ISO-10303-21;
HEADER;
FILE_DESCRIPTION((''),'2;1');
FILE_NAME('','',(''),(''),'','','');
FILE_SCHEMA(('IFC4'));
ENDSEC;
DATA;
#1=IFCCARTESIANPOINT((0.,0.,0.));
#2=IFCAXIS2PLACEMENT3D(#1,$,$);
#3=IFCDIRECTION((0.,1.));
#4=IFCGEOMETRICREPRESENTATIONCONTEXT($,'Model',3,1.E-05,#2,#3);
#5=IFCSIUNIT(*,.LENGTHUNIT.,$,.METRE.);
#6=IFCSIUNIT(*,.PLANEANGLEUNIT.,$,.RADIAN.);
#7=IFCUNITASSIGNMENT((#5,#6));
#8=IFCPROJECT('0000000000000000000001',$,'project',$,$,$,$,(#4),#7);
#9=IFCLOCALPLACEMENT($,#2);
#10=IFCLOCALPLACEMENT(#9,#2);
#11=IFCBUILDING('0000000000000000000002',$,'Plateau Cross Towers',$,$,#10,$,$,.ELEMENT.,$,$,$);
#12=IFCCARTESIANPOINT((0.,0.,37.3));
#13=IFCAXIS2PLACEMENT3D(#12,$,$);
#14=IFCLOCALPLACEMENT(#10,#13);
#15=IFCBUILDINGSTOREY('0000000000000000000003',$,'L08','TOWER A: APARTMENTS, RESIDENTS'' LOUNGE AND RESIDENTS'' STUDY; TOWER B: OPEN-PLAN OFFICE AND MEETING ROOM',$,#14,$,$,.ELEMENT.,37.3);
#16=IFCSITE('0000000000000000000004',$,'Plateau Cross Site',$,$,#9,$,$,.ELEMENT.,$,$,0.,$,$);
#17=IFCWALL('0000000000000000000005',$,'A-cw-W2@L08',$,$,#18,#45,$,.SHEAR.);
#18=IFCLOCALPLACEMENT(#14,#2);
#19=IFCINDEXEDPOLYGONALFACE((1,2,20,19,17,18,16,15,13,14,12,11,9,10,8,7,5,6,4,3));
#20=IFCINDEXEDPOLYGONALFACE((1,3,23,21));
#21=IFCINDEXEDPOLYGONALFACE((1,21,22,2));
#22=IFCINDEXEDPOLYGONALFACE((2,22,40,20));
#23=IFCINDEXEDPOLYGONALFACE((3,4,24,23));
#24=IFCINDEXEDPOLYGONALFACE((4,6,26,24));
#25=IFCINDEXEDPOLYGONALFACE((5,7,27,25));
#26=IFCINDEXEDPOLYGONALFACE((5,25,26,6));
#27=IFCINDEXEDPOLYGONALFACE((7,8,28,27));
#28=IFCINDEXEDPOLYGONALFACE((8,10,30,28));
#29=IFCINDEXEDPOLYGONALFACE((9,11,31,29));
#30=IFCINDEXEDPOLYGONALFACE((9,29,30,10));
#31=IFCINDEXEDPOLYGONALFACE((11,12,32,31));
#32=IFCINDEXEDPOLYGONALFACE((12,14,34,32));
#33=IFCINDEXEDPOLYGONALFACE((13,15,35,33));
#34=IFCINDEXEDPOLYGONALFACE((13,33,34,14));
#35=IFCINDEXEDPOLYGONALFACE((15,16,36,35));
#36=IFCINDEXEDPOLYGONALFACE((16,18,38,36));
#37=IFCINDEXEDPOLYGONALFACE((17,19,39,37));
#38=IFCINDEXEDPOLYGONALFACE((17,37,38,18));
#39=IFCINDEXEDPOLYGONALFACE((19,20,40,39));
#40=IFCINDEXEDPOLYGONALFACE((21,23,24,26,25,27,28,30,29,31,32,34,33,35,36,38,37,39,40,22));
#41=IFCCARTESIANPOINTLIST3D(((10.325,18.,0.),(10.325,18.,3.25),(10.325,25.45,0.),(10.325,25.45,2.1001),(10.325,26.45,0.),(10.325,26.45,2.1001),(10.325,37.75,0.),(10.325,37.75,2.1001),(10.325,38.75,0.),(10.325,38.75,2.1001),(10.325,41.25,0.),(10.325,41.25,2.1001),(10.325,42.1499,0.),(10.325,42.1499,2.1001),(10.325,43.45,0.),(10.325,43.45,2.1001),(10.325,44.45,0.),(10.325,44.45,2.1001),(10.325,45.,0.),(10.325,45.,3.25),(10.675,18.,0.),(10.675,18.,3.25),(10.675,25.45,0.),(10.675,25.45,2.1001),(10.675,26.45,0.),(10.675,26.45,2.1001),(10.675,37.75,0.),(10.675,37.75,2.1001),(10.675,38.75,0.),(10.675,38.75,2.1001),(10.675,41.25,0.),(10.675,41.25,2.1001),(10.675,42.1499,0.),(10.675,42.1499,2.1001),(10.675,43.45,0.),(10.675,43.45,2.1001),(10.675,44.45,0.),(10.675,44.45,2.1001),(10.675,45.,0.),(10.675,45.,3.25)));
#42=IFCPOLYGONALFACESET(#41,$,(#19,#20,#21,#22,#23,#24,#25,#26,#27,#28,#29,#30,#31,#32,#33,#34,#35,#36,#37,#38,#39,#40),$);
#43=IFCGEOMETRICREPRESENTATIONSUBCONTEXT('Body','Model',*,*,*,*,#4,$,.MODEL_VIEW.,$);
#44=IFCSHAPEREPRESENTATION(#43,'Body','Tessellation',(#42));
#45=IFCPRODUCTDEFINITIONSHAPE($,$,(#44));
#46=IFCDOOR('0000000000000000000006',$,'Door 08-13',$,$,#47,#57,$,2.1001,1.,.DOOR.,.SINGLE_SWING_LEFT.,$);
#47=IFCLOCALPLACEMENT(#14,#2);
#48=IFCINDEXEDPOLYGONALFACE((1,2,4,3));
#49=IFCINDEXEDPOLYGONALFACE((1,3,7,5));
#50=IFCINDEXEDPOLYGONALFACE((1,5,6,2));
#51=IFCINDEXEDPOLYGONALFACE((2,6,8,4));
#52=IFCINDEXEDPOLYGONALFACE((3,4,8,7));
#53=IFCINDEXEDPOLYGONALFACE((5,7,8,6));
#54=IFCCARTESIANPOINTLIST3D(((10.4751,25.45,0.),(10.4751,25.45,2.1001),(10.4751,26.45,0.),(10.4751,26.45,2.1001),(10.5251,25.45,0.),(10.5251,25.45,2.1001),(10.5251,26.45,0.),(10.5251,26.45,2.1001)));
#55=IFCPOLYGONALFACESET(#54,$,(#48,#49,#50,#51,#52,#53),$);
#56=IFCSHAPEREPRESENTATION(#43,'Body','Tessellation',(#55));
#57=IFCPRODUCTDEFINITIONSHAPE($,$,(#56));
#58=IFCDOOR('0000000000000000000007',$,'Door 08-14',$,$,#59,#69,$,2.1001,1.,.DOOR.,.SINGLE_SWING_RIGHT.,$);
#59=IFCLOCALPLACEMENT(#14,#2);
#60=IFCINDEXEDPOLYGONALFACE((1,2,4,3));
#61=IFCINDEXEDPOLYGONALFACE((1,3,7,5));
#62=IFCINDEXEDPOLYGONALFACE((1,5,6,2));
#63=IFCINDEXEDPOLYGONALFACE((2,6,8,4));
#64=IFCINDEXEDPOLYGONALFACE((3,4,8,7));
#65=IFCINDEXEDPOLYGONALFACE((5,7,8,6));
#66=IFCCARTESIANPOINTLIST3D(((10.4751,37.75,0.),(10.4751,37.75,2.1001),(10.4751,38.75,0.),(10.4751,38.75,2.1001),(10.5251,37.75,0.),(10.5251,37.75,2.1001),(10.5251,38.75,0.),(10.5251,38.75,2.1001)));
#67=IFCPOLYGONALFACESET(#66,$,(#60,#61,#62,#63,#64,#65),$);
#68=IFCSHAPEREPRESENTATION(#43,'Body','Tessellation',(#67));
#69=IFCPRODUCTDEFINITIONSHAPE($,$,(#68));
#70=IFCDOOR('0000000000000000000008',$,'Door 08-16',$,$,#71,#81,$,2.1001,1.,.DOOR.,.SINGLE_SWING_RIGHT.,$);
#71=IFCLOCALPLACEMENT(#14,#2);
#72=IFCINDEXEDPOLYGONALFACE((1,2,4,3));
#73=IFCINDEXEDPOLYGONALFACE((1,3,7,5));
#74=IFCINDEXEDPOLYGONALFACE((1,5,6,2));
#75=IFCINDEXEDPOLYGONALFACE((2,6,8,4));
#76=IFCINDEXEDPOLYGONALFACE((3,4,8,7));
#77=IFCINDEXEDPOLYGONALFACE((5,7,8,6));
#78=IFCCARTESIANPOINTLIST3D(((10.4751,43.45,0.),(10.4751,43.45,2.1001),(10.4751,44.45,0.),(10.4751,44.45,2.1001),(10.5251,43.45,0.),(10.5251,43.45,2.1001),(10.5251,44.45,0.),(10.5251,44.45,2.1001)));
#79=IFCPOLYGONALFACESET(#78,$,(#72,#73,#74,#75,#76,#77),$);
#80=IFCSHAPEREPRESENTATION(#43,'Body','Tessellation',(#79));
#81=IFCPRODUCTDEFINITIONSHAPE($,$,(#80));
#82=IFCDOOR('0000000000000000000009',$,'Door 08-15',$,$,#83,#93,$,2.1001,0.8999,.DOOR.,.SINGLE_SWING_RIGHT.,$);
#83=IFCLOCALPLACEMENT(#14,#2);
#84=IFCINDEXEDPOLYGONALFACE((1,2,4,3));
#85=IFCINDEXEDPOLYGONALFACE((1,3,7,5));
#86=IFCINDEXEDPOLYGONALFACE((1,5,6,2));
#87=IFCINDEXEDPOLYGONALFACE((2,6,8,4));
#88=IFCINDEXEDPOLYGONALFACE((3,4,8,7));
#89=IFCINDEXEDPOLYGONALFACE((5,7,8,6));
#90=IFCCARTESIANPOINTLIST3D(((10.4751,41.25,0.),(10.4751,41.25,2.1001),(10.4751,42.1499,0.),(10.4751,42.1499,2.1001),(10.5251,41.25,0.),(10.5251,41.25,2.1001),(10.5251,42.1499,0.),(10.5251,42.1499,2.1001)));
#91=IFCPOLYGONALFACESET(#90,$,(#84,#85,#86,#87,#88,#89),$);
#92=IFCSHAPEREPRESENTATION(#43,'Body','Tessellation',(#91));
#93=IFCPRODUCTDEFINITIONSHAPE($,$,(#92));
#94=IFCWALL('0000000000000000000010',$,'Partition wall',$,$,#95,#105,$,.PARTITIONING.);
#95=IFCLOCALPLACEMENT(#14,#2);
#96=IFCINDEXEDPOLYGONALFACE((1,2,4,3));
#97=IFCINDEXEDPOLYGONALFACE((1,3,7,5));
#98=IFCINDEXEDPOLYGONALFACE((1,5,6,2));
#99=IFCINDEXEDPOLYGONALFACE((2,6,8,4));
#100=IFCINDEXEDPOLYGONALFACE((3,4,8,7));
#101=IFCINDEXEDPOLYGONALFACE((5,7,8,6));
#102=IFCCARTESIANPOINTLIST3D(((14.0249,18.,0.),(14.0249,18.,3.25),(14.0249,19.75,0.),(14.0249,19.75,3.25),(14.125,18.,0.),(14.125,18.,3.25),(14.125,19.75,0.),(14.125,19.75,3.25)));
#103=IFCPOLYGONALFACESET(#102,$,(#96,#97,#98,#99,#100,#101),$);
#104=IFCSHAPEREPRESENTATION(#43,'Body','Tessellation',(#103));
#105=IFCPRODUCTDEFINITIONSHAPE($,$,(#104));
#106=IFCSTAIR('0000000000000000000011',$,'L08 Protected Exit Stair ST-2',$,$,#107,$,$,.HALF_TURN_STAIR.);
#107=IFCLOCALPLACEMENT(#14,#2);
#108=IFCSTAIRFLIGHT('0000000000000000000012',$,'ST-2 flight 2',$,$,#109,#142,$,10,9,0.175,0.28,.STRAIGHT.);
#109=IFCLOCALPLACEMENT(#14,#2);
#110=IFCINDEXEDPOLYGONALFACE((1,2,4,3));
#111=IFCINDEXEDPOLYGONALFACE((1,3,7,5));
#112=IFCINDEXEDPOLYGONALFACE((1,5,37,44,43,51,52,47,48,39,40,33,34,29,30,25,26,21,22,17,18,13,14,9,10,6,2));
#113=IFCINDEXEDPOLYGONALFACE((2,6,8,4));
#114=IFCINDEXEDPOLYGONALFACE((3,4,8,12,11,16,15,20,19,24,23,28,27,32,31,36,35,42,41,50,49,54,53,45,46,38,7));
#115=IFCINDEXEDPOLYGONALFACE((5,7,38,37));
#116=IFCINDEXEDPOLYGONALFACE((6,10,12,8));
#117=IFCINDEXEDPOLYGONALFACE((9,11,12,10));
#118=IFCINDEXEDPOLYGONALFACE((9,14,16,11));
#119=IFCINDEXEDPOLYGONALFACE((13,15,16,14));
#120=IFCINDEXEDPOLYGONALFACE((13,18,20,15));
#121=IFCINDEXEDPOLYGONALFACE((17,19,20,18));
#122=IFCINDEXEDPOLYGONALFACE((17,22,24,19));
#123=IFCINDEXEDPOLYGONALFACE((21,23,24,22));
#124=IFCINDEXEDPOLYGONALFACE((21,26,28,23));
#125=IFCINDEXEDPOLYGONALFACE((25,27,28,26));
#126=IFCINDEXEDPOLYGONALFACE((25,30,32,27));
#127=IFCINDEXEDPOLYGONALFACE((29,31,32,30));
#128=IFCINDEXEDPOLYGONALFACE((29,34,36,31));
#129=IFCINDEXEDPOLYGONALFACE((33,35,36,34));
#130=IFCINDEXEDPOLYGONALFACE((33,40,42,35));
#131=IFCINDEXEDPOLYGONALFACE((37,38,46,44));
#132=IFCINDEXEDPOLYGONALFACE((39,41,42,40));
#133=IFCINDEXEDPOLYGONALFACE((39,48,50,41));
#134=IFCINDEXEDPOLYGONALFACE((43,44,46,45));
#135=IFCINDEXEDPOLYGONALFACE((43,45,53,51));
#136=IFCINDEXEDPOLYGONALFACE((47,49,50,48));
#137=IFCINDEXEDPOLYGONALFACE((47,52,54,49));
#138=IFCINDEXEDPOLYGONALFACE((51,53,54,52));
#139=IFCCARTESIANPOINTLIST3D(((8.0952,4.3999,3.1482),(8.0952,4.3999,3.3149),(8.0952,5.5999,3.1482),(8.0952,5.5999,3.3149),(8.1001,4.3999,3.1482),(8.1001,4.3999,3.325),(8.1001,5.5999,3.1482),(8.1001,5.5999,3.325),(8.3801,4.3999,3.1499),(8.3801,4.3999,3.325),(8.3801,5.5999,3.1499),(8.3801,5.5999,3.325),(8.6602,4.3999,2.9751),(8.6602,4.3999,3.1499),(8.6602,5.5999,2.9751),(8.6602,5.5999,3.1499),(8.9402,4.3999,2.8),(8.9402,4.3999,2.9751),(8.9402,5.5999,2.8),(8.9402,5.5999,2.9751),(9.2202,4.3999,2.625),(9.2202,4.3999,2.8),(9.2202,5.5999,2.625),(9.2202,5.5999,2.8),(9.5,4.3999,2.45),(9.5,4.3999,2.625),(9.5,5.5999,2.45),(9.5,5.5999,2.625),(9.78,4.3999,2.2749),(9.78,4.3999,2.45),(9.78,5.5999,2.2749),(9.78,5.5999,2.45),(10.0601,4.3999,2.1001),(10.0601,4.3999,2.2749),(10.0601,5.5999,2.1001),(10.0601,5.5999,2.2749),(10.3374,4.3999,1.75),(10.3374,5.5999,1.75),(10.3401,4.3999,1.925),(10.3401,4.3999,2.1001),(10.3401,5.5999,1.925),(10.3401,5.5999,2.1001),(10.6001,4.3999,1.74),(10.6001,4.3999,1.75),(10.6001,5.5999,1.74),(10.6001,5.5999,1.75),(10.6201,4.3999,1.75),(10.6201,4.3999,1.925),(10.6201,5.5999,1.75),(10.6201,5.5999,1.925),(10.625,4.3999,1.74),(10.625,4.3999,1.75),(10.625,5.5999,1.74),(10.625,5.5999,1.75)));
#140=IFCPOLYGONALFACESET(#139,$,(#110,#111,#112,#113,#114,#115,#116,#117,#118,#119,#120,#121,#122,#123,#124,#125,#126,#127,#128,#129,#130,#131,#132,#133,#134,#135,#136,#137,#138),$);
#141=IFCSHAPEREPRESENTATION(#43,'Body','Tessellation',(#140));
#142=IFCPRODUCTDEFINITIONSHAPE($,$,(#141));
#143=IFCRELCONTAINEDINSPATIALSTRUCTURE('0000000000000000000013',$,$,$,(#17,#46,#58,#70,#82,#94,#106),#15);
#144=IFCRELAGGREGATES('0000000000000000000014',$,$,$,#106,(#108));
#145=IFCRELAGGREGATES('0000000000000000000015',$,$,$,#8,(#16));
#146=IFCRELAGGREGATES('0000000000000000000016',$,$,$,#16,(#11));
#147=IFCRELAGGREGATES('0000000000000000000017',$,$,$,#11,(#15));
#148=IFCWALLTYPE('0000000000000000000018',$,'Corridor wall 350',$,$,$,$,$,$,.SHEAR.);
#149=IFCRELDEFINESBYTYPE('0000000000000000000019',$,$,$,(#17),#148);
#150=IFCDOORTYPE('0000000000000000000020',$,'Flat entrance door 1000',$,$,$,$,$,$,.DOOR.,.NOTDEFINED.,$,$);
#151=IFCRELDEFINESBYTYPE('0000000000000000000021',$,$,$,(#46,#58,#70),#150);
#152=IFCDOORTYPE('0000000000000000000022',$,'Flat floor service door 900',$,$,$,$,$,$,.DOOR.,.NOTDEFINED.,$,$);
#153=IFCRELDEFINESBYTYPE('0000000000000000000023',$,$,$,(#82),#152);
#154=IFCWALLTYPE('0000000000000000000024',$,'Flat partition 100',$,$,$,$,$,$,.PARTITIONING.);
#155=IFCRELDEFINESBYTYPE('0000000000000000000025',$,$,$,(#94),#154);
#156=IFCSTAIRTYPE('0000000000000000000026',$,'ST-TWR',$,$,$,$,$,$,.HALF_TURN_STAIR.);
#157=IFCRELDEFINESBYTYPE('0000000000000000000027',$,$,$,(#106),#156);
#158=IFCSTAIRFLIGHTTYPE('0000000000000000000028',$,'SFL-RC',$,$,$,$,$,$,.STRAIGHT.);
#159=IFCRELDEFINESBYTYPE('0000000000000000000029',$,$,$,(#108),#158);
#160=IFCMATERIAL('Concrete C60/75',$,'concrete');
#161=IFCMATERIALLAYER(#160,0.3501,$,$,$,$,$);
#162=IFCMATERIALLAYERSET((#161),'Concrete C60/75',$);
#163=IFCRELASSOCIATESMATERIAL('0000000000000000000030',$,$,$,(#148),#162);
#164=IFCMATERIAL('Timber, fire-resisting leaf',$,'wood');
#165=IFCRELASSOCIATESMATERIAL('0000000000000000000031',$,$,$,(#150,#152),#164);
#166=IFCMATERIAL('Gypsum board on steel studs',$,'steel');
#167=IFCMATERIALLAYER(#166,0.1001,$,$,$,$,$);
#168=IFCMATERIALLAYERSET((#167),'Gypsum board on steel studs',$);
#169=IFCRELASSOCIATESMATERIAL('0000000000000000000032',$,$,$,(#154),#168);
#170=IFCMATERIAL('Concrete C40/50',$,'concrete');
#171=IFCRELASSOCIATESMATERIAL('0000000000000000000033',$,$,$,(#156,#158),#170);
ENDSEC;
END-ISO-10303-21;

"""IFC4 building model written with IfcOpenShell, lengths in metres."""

from ifc_helpers import new_model, si_unit, direction, frame, frame_2d, origin, place, context, subcontext, project, spatial, polyline, rectangle, outline, extrude, material, layer, layer_set, type_object, element, fill, aggregate, save


model = new_model("IFC4")

# Units and contexts
model_context = context("Model", 3, precision=1e-05, world=origin(), true_north=direction((0.0, 1.0)))
body_context = subcontext(model_context, "Body", "Model", "MODEL_VIEW")
ifc_project = project(units=[si_unit("LENGTHUNIT", "METRE"), si_unit("PLANEANGLEUNIT", "RADIAN")], contexts=[model_context])

# Site, building, storey
site_placement = place(None, origin())
site = spatial("IfcSite", under=ifc_project, at=site_placement, Name="Plateau Cross Site", CompositionType="ELEMENT", RefElevation=0.0)
building_placement = place(site_placement, origin())
building = spatial("IfcBuilding", under=site, at=building_placement, Name="Plateau Cross Towers", CompositionType="ELEMENT")
storey_placement = place(building_placement, frame((0.0, 0.0, 37.3)))
storey = spatial("IfcBuildingStorey", under=building, at=storey_placement, Name="L08", Description="TOWER A: APARTMENTS, RESIDENTS' LOUNGE AND RESIDENTS' STUDY; TOWER B: OPEN-PLAN OFFICE AND MEETING ROOM", CompositionType="ELEMENT", Elevation=37.3)

# Shared definitions
ifc_material_1 = material(Name="Concrete C60/75", Category="concrete")

# Shared definitions
ifc_material_2 = material(Name="Timber, fire-resisting leaf", Category="wood")

# Wall, openings, doors
ifc_layer_1 = layer(ifc_material_1, 0.3501)
ifc_layer_set_1 = layer_set([ifc_layer_1], Name="Concrete C60/75")
wall_type_1 = type_object("IfcWallType", Name="Corridor wall 350", PredefinedType="SHEAR", material=ifc_layer_set_1)
door_type_1 = type_object("IfcDoorType", Name="Flat entrance door 1000", OperationType="NOTDEFINED", PredefinedType="DOOR", material=ifc_material_2)
wall_1_placement = place(storey_placement, frame((10.5, 18.0, 0.0), z_axis=(0.0, 0.0, 1.0), x_axis=(0.0, 1.0, 0.0)))
wall_1 = element("IfcWall", 1, at=wall_1_placement, inside=storey, type_object=wall_type_1, Name="A-cw-W2@L08", PredefinedType="SHEAR", context=body_context, shape_type="SweptSolid", body=[
    extrude(rectangle(XDim=27.0, YDim=0.3501, at=frame_2d((13.5, 0.0))), origin(), (0.0, 0.0, 1.0), 3.25),
])
opening_1_placement = place(wall_1_placement, frame((7.45, 0.0, 0.0)))
opening_1 = element("IfcOpeningElement", 2, at=opening_1_placement, cuts=wall_1, PredefinedType="OPENING", context=body_context, shape_type="SweptSolid", body=[
    extrude(rectangle(XDim=1.0, YDim=2.1001, at=frame_2d((0.5, 1.05))), frame((0.0, 0.1851, 0.0), z_axis=(0.0, -1.0, 0.0), x_axis=(1.0, 0.0, 0.0)), (0.0, 0.0, 1.0), 0.3701),
])
opening_2_placement = place(wall_1_placement, frame((19.75, 0.0, 0.0)))
opening_2 = element("IfcOpeningElement", 3, at=opening_2_placement, cuts=wall_1, PredefinedType="OPENING", context=body_context, shape_type="SweptSolid", body=[
    extrude(rectangle(XDim=1.0, YDim=2.1001, at=frame_2d((0.5, 1.05))), frame((0.0, 0.1851, 0.0), z_axis=(0.0, -1.0, 0.0), x_axis=(1.0, 0.0, 0.0)), (0.0, 0.0, 1.0), 0.3701),
])
opening_3_placement = place(wall_1_placement, frame((23.25, 0.0, 0.0)))
opening_3 = element("IfcOpeningElement", 4, at=opening_3_placement, cuts=wall_1, PredefinedType="OPENING", context=body_context, shape_type="SweptSolid", body=[
    extrude(rectangle(XDim=0.8999, YDim=2.1001, at=frame_2d((0.45, 1.05))), frame((0.0, 0.1851, 0.0), z_axis=(0.0, -1.0, 0.0), x_axis=(1.0, 0.0, 0.0)), (0.0, 0.0, 1.0), 0.3701),
])
opening_4_placement = place(wall_1_placement, frame((25.45, 0.0, 0.0)))
opening_4 = element("IfcOpeningElement", 5, at=opening_4_placement, cuts=wall_1, PredefinedType="OPENING", context=body_context, shape_type="SweptSolid", body=[
    extrude(rectangle(XDim=1.0, YDim=2.1001, at=frame_2d((0.5, 1.05))), frame((0.0, 0.1851, 0.0), z_axis=(0.0, -1.0, 0.0), x_axis=(1.0, 0.0, 0.0)), (0.0, 0.0, 1.0), 0.3701),
])
door_1_placement = place(opening_1_placement, origin())
door_1 = element("IfcDoor", 6, at=door_1_placement, inside=storey, type_object=door_type_1, Name="Door 08-13", OperationType="SINGLE_SWING_LEFT", OverallHeight=2.1001, OverallWidth=1.0, PredefinedType="DOOR", context=body_context, shape_type="SweptSolid", body=[
    extrude(rectangle(XDim=1.0, YDim=2.1001, at=frame_2d((0.5, 1.05))), frame((0.0, 0.0249, 0.0), z_axis=(0.0, -1.0, 0.0), x_axis=(1.0, 0.0, 0.0)), (0.0, 0.0, 1.0), 0.05),
])
fill(opening_1, door_1)
door_2_placement = place(opening_2_placement, origin())
door_2 = element("IfcDoor", 7, at=door_2_placement, inside=storey, type_object=door_type_1, Name="Door 08-14", OperationType="SINGLE_SWING_RIGHT", OverallHeight=2.1001, OverallWidth=1.0, PredefinedType="DOOR", context=body_context, shape_type="SweptSolid", body=[
    extrude(rectangle(XDim=1.0, YDim=2.1001, at=frame_2d((0.5, 1.05))), frame((0.0, 0.0249, 0.0), z_axis=(0.0, -1.0, 0.0), x_axis=(1.0, 0.0, 0.0)), (0.0, 0.0, 1.0), 0.05),
])
fill(opening_2, door_2)
door_3_placement = place(opening_4_placement, origin())
door_3 = element("IfcDoor", 8, at=door_3_placement, inside=storey, type_object=door_type_1, Name="Door 08-16", OperationType="SINGLE_SWING_RIGHT", OverallHeight=2.1001, OverallWidth=1.0, PredefinedType="DOOR", context=body_context, shape_type="SweptSolid", body=[
    extrude(rectangle(XDim=1.0, YDim=2.1001, at=frame_2d((0.5, 1.05))), frame((0.0, 0.0249, 0.0), z_axis=(0.0, -1.0, 0.0), x_axis=(1.0, 0.0, 0.0)), (0.0, 0.0, 1.0), 0.05),
])
fill(opening_4, door_3)
door_type_2 = type_object("IfcDoorType", Name="Flat floor service door 900", OperationType="NOTDEFINED", PredefinedType="DOOR", material=ifc_material_2)
door_4_placement = place(opening_3_placement, origin())
door_4 = element("IfcDoor", 9, at=door_4_placement, inside=storey, type_object=door_type_2, Name="Door 08-15", OperationType="SINGLE_SWING_RIGHT", OverallHeight=2.1001, OverallWidth=0.8999, PredefinedType="DOOR", context=body_context, shape_type="SweptSolid", body=[
    extrude(rectangle(XDim=0.8999, YDim=2.1001, at=frame_2d((0.45, 1.05))), frame((0.0, 0.0249, 0.0), z_axis=(0.0, -1.0, 0.0), x_axis=(1.0, 0.0, 0.0)), (0.0, 0.0, 1.0), 0.05),
])
fill(opening_3, door_4)

# Wall
ifc_material_3 = material(Name="Gypsum board on steel studs", Category="steel")
ifc_layer_2 = layer(ifc_material_3, 0.1001)
ifc_layer_set_2 = layer_set([ifc_layer_2], Name="Gypsum board on steel studs")
wall_type_2 = type_object("IfcWallType", Name="Flat partition 100", PredefinedType="PARTITIONING", material=ifc_layer_set_2)
wall_2_placement = place(storey_placement, frame((14.075, 18.0, 0.0), z_axis=(0.0, 0.0, 1.0), x_axis=(0.0, 1.0, 0.0)))
element("IfcWall", 10, at=wall_2_placement, inside=storey, type_object=wall_type_2, Name="Partition wall", PredefinedType="PARTITIONING", context=body_context, shape_type="SweptSolid", body=[
    extrude(rectangle(XDim=1.75, YDim=0.1001, at=frame_2d((0.875, 0.0))), origin(), (0.0, 0.0, 1.0), 3.25),
])

# Stair, stair flight
ifc_material_4 = material(Name="Concrete C40/50", Category="concrete")
stair_type = type_object("IfcStairType", Name="ST-TWR", PredefinedType="HALF_TURN_STAIR", material=ifc_material_4)
stair_placement = place(storey_placement, origin())
stair = element("IfcStair", 11, at=stair_placement, inside=storey, type_object=stair_type, Name="L08 Protected Exit Stair ST-2", PredefinedType="HALF_TURN_STAIR")
stair_flight_type = type_object("IfcStairFlightType", Name="SFL-RC", PredefinedType="STRAIGHT", material=ifc_material_4)
stair_flight_placement = place(storey_placement, frame((10.6201, 5.0, 1.75), z_axis=(0.0, 0.0, 1.0), x_axis=(-1.0, 0.0, 0.0)))
stair_flight = element("IfcStairFlight", 12, at=stair_flight_placement, type_object=stair_flight_type, Name="ST-2 flight 2", NumberOfRisers=10, NumberOfTreads=9, PredefinedType="STRAIGHT", RiserHeight=0.175, TreadLength=0.28, context=body_context, shape_type="SweptSolid", body=[
    extrude(outline(polyline([(-0.0049, -0.01), (-0.0049, 0.0), (0.0, 0.0), (0.0, 0.175), (0.28, 0.175), (0.28, 0.3501), (0.5601, 0.3501), (0.5601, 0.5249), (0.8401, 0.5249), (0.8401, 0.7), (1.1201, 0.7), (1.1201, 0.875), (1.3999, 0.875), (1.3999, 1.05), (1.6799, 1.05), (1.6799, 1.2251), (1.96, 1.2251), (1.96, 1.3999), (2.24, 1.3999), (2.24, 1.575), (2.52, 1.575), (2.5249, 1.5649), (2.5249, 1.3982), (2.52, 1.3982), (0.2827, 0.0), (0.02, 0.0), (0.02, -0.01), (-0.0049, -0.01)])), frame((0.0, 0.6001, 0.0), z_axis=(0.0, -1.0, 0.0), x_axis=(1.0, 0.0, 0.0)), (0.0, 0.0, 1.0), 1.2),
])
aggregate(stair, [stair_flight])

save(model, "model.ifc")
